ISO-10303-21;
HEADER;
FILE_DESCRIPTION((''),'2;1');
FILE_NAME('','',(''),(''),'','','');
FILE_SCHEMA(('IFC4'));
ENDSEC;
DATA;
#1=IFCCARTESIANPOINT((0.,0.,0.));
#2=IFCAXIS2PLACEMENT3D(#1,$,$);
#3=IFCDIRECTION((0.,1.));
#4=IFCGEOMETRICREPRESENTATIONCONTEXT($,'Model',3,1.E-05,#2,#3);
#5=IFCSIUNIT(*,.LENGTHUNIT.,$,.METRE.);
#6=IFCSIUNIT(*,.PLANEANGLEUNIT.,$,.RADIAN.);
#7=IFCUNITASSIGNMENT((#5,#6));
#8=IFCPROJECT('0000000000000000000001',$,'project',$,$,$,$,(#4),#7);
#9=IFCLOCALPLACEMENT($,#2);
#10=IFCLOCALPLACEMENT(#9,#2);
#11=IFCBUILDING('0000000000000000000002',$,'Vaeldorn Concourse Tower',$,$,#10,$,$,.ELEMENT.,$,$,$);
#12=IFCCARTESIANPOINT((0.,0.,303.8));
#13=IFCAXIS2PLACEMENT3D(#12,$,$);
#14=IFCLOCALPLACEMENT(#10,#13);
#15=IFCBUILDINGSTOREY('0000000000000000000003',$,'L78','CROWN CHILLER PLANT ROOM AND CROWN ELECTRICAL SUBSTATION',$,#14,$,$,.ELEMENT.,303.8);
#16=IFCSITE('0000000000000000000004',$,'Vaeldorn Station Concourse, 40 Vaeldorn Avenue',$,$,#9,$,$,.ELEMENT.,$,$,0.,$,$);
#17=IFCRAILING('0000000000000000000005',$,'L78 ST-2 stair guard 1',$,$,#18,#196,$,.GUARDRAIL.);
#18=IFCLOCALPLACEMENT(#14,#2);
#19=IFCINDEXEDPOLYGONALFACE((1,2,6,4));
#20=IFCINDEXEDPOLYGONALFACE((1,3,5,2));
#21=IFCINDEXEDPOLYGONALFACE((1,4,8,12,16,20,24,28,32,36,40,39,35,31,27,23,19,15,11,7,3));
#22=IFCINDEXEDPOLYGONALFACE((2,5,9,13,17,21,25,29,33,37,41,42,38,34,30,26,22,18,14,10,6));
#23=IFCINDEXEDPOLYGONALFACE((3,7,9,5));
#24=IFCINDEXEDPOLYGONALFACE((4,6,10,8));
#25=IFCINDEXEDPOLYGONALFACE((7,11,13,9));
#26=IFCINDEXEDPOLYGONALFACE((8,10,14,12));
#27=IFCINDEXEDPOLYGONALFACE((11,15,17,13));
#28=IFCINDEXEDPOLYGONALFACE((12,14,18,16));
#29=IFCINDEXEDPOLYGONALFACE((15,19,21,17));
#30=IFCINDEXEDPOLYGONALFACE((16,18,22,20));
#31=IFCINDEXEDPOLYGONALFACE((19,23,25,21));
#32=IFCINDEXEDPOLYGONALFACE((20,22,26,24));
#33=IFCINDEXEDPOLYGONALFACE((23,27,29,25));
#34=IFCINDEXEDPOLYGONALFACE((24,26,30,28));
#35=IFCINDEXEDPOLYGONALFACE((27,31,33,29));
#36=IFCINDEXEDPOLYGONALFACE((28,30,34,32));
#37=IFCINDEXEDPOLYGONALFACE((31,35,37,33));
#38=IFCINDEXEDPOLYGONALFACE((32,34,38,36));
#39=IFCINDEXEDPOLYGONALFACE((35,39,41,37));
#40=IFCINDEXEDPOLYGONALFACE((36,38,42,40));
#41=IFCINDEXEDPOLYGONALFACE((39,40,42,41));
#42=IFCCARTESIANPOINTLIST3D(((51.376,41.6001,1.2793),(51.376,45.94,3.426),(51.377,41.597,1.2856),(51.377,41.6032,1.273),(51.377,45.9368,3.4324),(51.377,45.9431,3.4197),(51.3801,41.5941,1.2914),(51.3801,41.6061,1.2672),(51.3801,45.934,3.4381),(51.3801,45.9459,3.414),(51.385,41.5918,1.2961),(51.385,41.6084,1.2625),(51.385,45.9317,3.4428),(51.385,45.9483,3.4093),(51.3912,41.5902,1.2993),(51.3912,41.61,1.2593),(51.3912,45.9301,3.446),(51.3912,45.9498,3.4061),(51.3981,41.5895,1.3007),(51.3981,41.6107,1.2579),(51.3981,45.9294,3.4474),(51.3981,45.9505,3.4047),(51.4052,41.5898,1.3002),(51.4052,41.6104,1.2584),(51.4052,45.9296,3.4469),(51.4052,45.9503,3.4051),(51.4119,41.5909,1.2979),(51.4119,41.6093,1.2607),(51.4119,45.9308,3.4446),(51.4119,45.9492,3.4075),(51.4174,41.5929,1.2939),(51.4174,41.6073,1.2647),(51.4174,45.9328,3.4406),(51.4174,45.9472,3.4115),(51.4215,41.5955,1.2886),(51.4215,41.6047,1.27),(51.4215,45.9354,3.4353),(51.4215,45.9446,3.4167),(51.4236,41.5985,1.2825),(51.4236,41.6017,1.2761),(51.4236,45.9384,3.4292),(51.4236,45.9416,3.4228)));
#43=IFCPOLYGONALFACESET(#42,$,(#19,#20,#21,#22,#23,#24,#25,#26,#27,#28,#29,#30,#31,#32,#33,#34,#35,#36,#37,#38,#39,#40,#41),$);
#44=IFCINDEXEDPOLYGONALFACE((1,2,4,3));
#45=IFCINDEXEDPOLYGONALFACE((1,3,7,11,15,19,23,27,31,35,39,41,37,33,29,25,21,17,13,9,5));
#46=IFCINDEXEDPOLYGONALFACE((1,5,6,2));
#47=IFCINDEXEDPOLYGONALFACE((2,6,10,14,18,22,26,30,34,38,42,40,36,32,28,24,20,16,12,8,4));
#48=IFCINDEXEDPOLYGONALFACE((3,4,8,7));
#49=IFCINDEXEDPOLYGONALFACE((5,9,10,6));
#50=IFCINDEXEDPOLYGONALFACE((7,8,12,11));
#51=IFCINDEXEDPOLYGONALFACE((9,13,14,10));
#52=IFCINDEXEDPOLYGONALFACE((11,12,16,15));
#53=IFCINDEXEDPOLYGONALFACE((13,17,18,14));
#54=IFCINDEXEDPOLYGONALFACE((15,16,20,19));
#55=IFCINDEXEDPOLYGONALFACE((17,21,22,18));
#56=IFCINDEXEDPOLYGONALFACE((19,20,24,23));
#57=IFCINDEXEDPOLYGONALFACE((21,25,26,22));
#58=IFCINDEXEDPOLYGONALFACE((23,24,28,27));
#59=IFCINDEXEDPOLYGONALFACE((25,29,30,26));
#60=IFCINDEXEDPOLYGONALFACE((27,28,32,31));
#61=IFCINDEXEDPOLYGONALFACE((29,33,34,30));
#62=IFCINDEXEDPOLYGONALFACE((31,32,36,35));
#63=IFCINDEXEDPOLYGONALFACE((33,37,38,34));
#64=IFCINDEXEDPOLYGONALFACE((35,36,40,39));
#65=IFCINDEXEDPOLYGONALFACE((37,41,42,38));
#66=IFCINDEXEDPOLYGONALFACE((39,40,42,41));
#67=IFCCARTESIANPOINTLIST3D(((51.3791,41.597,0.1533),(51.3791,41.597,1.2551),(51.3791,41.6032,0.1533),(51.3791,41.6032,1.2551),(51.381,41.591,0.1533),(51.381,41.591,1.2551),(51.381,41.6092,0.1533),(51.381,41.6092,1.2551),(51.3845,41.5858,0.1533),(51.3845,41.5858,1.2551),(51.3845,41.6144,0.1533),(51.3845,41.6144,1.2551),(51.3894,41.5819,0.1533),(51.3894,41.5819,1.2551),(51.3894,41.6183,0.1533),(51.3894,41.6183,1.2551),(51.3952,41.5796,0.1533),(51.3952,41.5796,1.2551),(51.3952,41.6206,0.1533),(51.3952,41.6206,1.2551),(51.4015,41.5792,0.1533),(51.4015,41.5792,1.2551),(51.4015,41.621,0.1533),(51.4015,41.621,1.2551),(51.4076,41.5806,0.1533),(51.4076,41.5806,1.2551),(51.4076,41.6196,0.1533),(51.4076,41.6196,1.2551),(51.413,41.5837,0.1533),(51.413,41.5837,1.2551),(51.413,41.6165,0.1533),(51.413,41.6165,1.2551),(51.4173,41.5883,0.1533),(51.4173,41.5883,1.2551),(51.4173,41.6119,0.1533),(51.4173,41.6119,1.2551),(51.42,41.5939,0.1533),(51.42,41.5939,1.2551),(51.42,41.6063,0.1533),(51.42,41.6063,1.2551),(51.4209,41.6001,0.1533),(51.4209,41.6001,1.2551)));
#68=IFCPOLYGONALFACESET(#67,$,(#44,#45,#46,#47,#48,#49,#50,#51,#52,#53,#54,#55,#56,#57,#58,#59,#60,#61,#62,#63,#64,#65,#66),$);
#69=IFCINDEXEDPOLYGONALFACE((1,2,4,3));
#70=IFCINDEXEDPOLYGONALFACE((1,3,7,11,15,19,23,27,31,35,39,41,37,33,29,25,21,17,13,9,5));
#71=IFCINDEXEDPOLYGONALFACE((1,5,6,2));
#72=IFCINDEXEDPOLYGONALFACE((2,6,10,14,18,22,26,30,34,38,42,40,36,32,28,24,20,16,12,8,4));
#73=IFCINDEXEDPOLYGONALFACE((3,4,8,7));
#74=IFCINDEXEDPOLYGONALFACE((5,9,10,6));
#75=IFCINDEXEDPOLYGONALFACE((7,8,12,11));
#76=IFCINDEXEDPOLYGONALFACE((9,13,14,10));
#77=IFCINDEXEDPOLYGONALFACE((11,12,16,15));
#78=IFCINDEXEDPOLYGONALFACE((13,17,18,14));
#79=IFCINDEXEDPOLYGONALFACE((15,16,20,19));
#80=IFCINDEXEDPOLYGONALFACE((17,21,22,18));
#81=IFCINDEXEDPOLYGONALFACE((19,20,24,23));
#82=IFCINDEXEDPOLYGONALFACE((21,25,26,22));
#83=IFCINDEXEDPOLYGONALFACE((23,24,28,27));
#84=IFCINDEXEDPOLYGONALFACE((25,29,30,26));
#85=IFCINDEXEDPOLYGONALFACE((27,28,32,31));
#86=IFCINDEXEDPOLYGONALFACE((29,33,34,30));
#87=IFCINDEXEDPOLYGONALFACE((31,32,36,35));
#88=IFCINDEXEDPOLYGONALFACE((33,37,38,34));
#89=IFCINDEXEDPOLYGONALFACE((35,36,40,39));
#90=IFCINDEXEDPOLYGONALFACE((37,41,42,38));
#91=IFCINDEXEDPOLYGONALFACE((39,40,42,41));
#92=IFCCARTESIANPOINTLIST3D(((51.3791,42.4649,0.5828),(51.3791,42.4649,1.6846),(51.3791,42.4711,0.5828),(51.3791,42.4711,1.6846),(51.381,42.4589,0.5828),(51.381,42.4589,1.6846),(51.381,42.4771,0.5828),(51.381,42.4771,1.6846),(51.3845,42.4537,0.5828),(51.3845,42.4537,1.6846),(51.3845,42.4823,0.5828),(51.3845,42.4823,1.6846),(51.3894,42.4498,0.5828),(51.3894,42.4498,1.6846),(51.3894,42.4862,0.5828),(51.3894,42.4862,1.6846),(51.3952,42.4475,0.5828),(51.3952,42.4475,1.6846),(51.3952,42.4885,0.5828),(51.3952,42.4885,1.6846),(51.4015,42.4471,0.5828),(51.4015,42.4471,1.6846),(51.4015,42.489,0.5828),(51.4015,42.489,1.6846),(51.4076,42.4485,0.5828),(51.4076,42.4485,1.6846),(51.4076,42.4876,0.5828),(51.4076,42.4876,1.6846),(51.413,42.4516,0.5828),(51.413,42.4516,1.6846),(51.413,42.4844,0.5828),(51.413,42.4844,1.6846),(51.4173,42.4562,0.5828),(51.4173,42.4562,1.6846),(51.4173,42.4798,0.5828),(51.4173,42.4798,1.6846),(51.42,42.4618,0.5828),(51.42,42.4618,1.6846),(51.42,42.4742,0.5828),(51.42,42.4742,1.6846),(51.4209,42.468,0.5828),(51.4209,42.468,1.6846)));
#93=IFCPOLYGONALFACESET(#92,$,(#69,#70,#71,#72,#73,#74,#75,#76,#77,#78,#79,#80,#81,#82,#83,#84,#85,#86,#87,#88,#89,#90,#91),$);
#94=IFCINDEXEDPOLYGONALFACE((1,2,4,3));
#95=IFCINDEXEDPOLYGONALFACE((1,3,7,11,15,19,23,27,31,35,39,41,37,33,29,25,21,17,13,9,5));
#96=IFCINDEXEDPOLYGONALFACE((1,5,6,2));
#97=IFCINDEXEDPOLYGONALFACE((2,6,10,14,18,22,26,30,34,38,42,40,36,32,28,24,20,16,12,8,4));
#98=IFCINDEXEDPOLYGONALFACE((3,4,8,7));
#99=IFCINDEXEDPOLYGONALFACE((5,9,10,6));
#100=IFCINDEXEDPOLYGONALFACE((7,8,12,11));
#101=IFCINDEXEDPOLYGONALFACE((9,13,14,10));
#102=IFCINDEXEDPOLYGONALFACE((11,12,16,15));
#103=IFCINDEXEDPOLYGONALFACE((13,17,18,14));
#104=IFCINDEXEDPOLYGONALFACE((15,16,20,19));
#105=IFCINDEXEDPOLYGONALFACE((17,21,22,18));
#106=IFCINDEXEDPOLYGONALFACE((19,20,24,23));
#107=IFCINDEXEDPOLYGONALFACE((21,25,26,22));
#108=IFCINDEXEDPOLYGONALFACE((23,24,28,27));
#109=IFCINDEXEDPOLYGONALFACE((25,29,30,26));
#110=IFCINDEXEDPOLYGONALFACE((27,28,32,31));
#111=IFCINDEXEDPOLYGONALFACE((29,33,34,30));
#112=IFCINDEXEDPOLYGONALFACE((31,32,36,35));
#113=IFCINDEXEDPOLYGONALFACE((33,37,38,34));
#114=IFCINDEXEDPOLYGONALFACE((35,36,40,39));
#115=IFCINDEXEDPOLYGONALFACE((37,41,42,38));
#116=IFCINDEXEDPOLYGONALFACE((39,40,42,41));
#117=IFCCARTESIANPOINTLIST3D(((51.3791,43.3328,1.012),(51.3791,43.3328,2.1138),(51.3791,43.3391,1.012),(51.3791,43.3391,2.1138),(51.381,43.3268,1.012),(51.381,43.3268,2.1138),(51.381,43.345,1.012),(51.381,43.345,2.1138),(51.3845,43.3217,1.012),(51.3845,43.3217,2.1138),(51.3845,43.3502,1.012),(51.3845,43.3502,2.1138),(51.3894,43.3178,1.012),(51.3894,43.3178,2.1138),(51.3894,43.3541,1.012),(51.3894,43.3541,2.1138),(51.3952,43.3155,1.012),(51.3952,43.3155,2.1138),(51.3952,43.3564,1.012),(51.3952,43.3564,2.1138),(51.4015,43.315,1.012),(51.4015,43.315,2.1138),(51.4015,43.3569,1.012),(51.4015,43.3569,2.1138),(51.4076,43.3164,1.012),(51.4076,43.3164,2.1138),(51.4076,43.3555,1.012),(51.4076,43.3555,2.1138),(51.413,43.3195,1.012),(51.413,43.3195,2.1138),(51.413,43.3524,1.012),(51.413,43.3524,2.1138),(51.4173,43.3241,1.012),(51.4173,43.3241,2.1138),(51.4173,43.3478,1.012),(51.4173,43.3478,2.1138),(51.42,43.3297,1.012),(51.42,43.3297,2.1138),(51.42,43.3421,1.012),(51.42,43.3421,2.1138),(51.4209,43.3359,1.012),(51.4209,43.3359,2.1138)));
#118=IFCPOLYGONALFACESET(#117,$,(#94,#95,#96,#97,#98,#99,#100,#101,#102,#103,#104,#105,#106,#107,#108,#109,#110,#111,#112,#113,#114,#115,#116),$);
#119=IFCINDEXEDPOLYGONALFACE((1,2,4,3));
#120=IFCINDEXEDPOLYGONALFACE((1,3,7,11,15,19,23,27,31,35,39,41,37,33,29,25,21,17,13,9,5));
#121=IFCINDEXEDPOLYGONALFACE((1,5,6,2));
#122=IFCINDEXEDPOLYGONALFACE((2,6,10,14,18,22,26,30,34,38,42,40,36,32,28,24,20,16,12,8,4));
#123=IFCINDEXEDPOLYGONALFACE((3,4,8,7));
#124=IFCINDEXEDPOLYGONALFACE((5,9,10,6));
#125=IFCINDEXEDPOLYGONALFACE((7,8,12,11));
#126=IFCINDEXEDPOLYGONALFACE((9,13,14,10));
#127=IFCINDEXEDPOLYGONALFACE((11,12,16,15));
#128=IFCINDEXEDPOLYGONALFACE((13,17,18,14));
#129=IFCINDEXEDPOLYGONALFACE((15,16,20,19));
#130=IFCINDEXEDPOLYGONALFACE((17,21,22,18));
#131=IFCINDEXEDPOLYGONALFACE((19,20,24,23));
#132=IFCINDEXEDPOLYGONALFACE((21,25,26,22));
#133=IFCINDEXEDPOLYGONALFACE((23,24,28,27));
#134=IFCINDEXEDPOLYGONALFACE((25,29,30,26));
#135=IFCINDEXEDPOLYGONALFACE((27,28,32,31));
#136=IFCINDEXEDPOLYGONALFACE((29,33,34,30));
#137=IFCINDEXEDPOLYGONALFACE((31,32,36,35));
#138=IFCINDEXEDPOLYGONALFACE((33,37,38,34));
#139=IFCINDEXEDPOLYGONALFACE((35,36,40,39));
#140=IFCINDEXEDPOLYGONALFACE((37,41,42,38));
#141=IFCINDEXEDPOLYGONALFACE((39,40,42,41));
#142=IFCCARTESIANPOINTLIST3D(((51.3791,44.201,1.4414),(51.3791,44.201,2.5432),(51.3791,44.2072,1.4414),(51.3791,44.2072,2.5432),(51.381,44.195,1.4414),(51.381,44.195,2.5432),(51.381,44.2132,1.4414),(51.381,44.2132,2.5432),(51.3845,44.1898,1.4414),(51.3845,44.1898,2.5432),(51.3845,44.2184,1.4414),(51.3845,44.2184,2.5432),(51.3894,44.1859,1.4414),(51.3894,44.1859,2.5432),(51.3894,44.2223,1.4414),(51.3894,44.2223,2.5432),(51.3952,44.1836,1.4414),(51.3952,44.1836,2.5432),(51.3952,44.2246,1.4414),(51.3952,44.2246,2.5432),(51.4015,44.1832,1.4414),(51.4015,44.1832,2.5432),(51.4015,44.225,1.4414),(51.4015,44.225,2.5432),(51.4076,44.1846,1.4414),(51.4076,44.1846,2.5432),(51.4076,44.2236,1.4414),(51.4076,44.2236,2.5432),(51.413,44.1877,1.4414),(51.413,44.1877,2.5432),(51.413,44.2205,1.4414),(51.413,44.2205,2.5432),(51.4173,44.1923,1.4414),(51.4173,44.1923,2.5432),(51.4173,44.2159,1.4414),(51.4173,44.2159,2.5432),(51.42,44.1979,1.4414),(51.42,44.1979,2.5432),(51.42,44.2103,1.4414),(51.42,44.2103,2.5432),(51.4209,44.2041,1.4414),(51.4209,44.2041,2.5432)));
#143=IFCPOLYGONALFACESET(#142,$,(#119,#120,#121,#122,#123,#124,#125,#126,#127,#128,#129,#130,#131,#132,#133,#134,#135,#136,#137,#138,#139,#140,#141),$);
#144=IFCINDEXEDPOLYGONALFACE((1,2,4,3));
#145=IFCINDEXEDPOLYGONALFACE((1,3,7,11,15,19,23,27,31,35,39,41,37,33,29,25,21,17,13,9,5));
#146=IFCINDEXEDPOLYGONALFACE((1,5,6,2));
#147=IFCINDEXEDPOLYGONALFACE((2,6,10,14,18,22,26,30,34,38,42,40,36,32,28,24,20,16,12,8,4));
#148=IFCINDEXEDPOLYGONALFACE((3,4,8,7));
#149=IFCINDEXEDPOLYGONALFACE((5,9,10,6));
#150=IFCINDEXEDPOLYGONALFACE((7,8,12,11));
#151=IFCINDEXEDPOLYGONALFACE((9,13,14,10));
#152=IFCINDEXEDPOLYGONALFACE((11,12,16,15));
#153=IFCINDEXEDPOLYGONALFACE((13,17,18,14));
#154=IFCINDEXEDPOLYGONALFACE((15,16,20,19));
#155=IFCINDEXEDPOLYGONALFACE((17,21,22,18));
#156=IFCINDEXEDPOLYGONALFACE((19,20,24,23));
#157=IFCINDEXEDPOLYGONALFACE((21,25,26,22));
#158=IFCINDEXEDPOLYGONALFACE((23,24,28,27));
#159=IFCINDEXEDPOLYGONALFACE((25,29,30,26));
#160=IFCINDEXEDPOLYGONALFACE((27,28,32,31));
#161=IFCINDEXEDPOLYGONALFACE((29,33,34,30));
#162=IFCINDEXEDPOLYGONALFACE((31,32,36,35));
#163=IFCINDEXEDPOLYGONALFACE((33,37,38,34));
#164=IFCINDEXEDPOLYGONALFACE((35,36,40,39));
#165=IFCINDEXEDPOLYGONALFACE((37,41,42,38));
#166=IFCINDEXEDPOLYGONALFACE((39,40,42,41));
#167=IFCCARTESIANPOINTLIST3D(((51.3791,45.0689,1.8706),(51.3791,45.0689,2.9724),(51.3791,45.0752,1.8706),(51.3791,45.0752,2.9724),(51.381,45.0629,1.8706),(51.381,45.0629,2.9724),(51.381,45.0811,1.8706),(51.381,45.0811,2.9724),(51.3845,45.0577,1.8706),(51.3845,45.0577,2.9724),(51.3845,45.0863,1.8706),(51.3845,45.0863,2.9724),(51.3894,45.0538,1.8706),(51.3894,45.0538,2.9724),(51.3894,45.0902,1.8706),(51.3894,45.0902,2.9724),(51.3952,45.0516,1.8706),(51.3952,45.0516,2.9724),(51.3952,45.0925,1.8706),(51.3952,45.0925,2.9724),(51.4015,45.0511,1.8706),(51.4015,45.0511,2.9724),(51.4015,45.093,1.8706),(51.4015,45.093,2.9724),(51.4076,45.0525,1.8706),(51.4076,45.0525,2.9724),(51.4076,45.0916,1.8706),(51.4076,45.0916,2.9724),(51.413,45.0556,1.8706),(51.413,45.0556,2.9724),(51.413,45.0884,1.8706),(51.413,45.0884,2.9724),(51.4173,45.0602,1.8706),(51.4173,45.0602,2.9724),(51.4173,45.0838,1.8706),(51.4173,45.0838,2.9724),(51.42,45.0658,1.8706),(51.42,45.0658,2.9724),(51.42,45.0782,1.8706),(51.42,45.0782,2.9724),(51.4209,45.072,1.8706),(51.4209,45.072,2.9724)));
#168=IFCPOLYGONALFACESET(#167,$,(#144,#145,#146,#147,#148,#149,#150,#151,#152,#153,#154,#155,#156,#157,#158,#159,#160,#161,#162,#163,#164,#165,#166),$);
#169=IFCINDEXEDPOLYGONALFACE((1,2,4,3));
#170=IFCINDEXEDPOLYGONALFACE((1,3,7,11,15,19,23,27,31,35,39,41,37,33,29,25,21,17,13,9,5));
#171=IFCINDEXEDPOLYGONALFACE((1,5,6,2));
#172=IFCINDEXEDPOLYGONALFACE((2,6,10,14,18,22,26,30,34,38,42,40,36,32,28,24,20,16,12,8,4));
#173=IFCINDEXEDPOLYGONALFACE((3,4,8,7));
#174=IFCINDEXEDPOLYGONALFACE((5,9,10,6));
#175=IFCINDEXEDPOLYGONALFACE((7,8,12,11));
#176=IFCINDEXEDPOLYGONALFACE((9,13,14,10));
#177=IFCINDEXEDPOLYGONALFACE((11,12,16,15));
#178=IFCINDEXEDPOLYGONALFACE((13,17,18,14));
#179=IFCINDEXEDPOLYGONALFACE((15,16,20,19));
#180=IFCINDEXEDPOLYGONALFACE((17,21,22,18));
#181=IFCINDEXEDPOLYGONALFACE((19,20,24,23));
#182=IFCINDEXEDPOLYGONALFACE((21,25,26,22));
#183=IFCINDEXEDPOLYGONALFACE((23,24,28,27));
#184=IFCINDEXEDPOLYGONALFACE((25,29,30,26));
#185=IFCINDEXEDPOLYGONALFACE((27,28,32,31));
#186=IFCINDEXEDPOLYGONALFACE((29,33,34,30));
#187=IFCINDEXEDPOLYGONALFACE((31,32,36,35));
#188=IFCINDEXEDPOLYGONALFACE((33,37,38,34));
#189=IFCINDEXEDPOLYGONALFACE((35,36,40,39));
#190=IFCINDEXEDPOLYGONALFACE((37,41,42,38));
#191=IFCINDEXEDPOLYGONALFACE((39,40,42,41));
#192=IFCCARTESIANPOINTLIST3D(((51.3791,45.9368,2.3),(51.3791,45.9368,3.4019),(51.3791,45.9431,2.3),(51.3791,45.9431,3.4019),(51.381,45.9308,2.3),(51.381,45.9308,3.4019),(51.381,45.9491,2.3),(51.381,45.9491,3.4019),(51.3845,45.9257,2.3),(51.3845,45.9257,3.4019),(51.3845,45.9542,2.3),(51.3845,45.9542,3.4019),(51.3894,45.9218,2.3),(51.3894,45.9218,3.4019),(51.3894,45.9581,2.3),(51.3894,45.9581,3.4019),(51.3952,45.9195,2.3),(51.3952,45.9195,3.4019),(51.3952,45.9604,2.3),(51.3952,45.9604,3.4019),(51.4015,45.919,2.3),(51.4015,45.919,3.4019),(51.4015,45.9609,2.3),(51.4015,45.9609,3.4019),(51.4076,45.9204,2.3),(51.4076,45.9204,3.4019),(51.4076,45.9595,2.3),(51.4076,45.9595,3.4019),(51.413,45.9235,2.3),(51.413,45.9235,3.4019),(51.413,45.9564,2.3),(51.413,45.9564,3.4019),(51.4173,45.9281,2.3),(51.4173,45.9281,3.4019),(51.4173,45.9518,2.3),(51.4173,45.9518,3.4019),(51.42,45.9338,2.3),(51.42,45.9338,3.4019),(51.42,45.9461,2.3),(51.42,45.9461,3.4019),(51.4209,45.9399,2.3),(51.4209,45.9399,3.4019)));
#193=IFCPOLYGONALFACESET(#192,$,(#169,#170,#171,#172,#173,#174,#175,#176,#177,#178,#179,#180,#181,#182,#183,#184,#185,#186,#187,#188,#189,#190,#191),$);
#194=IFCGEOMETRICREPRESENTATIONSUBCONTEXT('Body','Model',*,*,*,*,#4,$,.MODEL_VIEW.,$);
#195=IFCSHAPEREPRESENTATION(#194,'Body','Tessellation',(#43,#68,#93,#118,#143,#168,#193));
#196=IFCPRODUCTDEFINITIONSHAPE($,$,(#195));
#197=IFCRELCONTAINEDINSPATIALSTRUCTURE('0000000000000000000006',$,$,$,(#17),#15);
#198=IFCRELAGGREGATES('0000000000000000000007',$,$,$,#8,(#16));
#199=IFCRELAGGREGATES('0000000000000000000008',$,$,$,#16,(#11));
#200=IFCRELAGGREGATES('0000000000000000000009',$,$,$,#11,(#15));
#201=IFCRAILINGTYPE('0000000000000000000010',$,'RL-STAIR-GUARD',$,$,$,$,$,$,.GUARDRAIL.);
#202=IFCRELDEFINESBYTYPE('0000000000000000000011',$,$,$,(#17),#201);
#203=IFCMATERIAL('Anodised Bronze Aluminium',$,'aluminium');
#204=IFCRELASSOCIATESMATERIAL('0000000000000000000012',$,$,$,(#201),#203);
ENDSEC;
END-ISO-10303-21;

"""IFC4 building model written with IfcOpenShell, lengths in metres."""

from ifc_helpers import new_model, si_unit, direction, frame, origin, origin_2d, place, context, subcontext, project, spatial, circle, extrude, material, type_object, element, save


model = new_model("IFC4")

# Units and contexts
model_context = context("Model", 3, precision=1e-05, world=origin(), true_north=direction((0.0, 1.0)))
body_context = subcontext(model_context, "Body", "Model", "MODEL_VIEW")
ifc_project = project(units=[si_unit("LENGTHUNIT", "METRE"), si_unit("PLANEANGLEUNIT", "RADIAN")], contexts=[model_context])

# Site, building, storey
site_placement = place(None, origin())
site = spatial("IfcSite", under=ifc_project, at=site_placement, Name="Vaeldorn Station Concourse, 40 Vaeldorn Avenue", CompositionType="ELEMENT", RefElevation=0.0)
building_placement = place(site_placement, origin())
building = spatial("IfcBuilding", under=site, at=building_placement, Name="Vaeldorn Concourse Tower", CompositionType="ELEMENT")
storey_placement = place(building_placement, frame((0.0, 0.0, 303.8)))
storey = spatial("IfcBuildingStorey", under=building, at=storey_placement, Name="L78", Description="CROWN CHILLER PLANT ROOM AND CROWN ELECTRICAL SUBSTATION", CompositionType="ELEMENT", Elevation=303.8)

# Shared definitions
ifc_material_1 = material(Name="Anodised Bronze Aluminium", Category="aluminium")

# Railing
railing_type_1 = type_object("IfcRailingType", Name="RL-STAIR-GUARD", PredefinedType="GUARDRAIL", material=ifc_material_1)
railing_1_placement = place(storey_placement, frame((51.3999, 41.6001, 0.1533)))
element("IfcRailing", 1, at=railing_1_placement, inside=storey, type_object=railing_type_1, Name="L78 ST-2 stair guard 1", PredefinedType="GUARDRAIL", context=body_context, shape_type="SweptSolid", body=[
    extrude(circle(Radius=0.0239, at=origin_2d()), frame((0.0, 0.0, 1.126), z_axis=(0.0, 0.896335, 0.443377), x_axis=(-1.0, 0.0, 0.0)), (0.0, 0.0, 1.0), 4.8418),
    extrude(circle(Radius=0.021, at=origin_2d()), origin(), (0.0, 0.0, 1.0), 1.1018),
    extrude(circle(Radius=0.021, at=origin_2d()), frame((0.0, 0.8679, 0.4294)), (0.0, 0.0, 1.0), 1.1018),
    extrude(circle(Radius=0.021, at=origin_2d()), frame((0.0, 1.7358, 0.8586)), (0.0, 0.0, 1.0), 1.1018),
    extrude(circle(Radius=0.021, at=origin_2d()), frame((0.0, 2.604, 1.2881)), (0.0, 0.0, 1.0), 1.1018),
    extrude(circle(Radius=0.021, at=origin_2d()), frame((0.0, 3.4719, 1.7173)), (0.0, 0.0, 1.0), 1.1018),
    extrude(circle(Radius=0.021, at=origin_2d()), frame((0.0, 4.3398, 2.1467)), (0.0, 0.0, 1.0), 1.1018),
])

save(model, "model.ifc")
